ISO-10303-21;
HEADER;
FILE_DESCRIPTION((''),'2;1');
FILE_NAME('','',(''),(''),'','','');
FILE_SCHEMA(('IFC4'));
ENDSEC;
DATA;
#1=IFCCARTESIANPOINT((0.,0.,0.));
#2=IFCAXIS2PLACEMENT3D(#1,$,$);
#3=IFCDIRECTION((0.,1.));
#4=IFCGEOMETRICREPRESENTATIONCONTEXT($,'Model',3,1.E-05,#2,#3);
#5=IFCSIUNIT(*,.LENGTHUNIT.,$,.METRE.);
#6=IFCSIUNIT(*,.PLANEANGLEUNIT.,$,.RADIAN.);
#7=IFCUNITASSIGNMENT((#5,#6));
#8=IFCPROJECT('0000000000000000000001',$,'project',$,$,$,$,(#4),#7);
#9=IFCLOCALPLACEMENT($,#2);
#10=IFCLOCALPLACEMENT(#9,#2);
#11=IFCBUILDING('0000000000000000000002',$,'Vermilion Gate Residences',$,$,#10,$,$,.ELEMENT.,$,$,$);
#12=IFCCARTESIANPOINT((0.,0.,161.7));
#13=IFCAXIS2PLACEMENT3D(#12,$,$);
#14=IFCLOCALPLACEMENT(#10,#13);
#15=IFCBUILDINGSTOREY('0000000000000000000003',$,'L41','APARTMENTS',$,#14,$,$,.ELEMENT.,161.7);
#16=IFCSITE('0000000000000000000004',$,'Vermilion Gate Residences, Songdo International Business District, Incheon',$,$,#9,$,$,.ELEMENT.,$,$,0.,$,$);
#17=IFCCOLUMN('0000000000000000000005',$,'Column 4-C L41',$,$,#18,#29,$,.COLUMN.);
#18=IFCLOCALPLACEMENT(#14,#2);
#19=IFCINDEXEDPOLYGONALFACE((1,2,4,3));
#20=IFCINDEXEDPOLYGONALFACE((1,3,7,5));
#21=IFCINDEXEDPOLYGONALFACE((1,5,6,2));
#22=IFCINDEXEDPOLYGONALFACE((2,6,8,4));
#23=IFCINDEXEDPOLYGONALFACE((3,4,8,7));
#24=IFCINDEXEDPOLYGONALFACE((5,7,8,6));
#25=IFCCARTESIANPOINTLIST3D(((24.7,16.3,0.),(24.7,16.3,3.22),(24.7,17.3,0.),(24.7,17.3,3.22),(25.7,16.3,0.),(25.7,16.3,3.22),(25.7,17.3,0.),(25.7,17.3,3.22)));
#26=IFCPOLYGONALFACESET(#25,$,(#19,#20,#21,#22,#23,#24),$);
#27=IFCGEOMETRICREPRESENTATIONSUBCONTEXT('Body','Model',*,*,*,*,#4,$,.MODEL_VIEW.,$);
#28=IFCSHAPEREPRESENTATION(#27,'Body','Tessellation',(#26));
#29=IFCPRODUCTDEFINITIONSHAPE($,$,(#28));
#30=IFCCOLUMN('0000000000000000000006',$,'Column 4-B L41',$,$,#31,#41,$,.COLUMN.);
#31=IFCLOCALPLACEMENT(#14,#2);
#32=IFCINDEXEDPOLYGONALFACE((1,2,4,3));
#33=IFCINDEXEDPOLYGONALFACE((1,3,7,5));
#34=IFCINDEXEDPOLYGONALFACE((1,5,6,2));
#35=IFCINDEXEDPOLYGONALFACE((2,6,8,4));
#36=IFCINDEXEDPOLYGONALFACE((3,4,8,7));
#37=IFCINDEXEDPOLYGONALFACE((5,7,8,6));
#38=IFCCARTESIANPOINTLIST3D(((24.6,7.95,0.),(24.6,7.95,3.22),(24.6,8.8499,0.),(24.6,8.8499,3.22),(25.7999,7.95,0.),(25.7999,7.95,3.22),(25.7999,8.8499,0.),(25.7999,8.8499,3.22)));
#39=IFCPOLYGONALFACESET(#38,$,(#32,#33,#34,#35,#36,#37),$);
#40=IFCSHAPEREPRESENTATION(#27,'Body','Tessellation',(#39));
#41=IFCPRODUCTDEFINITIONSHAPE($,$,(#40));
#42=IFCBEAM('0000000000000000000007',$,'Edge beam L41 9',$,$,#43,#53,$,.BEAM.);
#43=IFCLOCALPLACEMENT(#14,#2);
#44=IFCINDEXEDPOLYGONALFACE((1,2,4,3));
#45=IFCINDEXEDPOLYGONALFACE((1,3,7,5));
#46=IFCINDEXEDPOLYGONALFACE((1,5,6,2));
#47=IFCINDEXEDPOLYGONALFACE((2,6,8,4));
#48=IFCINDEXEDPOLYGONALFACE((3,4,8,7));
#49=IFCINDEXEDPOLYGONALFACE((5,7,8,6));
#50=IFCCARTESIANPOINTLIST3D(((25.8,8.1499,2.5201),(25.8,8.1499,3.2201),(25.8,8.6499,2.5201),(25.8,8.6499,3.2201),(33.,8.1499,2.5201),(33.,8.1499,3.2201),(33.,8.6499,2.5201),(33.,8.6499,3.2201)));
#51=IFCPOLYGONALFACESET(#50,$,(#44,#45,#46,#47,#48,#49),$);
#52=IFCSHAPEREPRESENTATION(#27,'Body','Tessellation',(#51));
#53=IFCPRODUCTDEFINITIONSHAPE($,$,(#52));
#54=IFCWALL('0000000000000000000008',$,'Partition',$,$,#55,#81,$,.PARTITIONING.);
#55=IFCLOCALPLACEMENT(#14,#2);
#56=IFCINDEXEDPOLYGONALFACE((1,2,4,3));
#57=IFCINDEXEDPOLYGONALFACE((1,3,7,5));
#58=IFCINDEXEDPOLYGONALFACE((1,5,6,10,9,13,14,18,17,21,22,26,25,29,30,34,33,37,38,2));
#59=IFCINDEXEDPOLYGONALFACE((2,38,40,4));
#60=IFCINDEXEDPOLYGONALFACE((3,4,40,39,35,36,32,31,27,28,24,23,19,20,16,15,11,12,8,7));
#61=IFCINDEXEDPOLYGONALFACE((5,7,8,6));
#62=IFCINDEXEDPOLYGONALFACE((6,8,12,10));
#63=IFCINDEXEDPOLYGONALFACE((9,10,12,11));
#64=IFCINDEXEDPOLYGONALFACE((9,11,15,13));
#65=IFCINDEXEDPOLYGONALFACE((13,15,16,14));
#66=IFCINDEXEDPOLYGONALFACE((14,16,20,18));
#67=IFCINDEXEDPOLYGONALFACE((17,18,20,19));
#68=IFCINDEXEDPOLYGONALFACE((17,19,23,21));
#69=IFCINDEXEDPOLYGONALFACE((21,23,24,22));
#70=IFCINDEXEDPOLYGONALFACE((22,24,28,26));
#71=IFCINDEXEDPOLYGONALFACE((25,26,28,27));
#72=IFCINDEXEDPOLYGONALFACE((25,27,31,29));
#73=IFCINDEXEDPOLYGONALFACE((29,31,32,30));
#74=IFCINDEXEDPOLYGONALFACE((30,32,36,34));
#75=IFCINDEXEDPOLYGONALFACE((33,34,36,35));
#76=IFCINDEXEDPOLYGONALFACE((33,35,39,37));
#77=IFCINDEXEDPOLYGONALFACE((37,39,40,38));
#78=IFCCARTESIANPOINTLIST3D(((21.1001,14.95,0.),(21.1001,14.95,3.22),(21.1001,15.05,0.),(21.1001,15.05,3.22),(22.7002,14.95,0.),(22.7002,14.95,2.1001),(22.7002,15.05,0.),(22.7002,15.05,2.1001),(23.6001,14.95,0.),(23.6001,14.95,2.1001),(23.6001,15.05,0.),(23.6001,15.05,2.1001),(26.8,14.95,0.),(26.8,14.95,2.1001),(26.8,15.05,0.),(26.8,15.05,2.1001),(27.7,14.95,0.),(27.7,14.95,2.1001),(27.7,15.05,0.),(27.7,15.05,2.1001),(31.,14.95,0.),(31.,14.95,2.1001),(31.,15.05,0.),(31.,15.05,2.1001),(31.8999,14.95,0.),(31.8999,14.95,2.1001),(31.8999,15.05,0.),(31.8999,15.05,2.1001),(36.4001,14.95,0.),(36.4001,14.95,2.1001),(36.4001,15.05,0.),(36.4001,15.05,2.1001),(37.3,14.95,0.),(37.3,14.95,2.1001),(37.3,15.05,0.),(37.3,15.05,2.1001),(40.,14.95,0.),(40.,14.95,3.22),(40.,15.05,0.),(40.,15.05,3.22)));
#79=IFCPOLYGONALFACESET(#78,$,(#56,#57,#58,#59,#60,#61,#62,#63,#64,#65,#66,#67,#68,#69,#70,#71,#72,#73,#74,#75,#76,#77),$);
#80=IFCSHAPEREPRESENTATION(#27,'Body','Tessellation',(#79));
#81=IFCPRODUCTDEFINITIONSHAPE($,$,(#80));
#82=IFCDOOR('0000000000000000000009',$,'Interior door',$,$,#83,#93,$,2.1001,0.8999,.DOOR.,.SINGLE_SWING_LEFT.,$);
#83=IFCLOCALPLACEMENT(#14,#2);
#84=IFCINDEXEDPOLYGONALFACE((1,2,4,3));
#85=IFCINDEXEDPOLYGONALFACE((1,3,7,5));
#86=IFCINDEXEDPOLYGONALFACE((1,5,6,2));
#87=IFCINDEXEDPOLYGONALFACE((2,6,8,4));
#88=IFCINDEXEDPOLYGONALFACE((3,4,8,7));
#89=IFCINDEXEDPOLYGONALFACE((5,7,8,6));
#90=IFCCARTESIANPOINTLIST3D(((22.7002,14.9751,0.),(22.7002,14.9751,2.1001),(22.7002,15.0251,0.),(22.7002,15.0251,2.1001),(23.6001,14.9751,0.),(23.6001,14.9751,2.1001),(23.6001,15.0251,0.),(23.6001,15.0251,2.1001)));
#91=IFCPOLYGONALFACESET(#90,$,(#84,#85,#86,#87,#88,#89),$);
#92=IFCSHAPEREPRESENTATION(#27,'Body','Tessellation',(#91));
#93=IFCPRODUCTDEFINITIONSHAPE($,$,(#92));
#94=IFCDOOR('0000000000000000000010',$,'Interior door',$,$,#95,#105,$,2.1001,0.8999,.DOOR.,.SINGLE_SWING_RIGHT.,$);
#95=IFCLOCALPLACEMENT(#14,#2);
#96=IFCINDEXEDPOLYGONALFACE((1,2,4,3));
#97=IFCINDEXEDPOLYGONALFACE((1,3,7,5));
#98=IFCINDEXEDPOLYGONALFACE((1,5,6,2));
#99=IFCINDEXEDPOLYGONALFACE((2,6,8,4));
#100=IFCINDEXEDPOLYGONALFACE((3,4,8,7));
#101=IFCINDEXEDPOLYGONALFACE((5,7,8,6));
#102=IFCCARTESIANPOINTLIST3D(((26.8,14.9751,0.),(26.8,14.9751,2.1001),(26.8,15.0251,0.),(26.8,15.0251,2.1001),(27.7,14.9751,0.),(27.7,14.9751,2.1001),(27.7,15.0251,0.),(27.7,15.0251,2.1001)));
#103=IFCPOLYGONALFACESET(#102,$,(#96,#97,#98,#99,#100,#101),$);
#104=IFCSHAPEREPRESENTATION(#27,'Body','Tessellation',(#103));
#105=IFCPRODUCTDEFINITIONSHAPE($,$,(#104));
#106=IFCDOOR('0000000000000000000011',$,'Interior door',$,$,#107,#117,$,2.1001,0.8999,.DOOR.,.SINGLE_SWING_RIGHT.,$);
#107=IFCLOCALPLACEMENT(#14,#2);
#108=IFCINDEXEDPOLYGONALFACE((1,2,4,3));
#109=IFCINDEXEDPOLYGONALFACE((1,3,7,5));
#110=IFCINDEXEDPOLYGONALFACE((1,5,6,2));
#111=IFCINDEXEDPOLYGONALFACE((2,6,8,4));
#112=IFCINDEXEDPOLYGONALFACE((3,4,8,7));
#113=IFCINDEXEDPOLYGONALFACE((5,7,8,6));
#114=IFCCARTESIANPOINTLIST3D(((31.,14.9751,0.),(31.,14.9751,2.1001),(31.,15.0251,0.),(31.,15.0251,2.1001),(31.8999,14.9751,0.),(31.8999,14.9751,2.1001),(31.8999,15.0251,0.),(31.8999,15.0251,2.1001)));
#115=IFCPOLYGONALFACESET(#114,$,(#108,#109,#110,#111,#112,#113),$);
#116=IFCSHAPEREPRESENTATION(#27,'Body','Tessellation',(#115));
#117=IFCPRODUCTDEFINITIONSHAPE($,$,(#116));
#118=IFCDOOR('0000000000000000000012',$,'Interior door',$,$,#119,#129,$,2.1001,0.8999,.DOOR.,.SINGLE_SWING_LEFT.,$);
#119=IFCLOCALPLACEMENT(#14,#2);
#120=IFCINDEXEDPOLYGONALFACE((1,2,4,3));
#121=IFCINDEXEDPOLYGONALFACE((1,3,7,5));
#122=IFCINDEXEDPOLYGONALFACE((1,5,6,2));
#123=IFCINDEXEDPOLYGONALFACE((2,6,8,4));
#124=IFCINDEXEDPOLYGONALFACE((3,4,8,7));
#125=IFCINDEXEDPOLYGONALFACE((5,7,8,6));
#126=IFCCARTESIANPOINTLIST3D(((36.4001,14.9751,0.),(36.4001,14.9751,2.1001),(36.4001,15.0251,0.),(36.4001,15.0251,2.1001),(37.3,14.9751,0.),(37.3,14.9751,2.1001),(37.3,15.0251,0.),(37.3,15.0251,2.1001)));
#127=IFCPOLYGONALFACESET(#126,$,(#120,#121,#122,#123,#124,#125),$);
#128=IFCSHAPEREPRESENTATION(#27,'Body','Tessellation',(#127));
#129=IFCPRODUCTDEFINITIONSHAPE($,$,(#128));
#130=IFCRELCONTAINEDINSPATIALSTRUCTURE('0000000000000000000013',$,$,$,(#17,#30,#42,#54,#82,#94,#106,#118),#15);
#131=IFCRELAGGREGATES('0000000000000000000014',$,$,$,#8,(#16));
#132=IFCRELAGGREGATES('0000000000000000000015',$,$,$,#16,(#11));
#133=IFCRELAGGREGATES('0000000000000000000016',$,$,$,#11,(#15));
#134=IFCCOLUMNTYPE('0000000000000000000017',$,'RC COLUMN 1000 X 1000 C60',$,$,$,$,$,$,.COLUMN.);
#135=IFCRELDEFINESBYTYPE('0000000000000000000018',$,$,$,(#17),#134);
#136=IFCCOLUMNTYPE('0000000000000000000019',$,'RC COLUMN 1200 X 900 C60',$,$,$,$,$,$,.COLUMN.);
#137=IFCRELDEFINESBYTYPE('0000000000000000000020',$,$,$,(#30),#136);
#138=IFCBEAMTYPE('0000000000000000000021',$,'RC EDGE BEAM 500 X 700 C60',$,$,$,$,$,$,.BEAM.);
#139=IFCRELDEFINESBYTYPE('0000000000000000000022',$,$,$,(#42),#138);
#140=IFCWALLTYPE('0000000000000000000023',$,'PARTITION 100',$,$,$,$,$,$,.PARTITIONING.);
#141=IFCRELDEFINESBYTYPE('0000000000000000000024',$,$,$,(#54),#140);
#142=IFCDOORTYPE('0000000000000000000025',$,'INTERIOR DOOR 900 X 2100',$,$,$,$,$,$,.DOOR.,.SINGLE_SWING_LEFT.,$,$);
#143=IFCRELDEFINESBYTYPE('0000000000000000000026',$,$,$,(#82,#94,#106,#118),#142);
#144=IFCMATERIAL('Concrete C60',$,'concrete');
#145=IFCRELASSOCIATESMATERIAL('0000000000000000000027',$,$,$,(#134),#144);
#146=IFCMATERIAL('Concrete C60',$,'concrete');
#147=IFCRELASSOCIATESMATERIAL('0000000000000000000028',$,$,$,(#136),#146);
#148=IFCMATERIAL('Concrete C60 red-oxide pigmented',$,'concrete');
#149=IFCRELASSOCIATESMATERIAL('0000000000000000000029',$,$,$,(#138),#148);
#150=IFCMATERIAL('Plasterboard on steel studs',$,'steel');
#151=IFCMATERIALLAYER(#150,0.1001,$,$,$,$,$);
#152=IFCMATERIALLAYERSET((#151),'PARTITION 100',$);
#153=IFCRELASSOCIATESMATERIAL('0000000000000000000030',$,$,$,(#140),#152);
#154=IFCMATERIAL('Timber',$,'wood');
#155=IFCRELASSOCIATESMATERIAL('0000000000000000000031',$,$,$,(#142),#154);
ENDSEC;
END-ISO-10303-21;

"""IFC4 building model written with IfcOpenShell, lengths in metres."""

from ifc_helpers import new_model, si_unit, direction, frame, frame_2d, origin, origin_2d, place, context, subcontext, project, spatial, rectangle, extrude, material, layer, layer_set, material_profile, profile_set, type_object, element, fill, save


model = new_model("IFC4")

# Units and contexts
model_context = context("Model", 3, precision=1e-05, world=origin(), true_north=direction((0.0, 1.0)))
body_context = subcontext(model_context, "Body", "Model", "MODEL_VIEW")
ifc_project = project(units=[si_unit("LENGTHUNIT", "METRE"), si_unit("PLANEANGLEUNIT", "RADIAN")], contexts=[model_context])

# Site, building, storey
site_placement = place(None, origin())
site = spatial("IfcSite", under=ifc_project, at=site_placement, Name="Vermilion Gate Residences, Songdo International Business District, Incheon", CompositionType="ELEMENT", RefElevation=0.0)
building_placement = place(site_placement, origin())
building = spatial("IfcBuilding", under=site, at=building_placement, Name="Vermilion Gate Residences", CompositionType="ELEMENT")
storey_placement = place(building_placement, frame((0.0, 0.0, 161.7)))
storey = spatial("IfcBuildingStorey", under=building, at=storey_placement, Name="L41", Description="APARTMENTS", CompositionType="ELEMENT", Elevation=161.7)

# Columns
ifc_material_1 = material(Name="Concrete C60", Category="concrete")
ifc_material_profile_1 = material_profile(ifc_material_1, rectangle(XDim=1.0, YDim=1.0, at=origin_2d()), Name="RC-1000x1000")
ifc_profile_set_1 = profile_set([ifc_material_profile_1], Name="Concrete C60")
column_type_1 = type_object("IfcColumnType", Name="RC COLUMN 1000 X 1000 C60", PredefinedType="COLUMN", material=ifc_profile_set_1)
column_1_placement = place(storey_placement, frame((25.2, 16.8, 0.0), z_axis=(0.0, 0.0, 1.0), x_axis=(1.0, 0.0, 0.0)))
element("IfcColumn", 1, at=column_1_placement, inside=storey, type_object=column_type_1, Name="Column 4-C L41", PredefinedType="COLUMN", context=body_context, shape_type="SweptSolid", body=[
    extrude(rectangle(XDim=1.0, YDim=1.0, at=origin_2d()), origin(), (0.0, 0.0, 1.0), 3.22),
])
ifc_material_2 = material(Name="Concrete C60", Category="concrete")
ifc_material_profile_2 = material_profile(ifc_material_2, rectangle(XDim=1.2, YDim=0.8999, at=origin_2d()), Name="RC-1200x900")
ifc_profile_set_2 = profile_set([ifc_material_profile_2], Name="Concrete C60")
column_type_2 = type_object("IfcColumnType", Name="RC COLUMN 1200 X 900 C60", PredefinedType="COLUMN", material=ifc_profile_set_2)
column_2_placement = place(storey_placement, frame((25.2, 8.3999, 0.0), z_axis=(0.0, 0.0, 1.0), x_axis=(1.0, 0.0, 0.0)))
element("IfcColumn", 2, at=column_2_placement, inside=storey, type_object=column_type_2, Name="Column 4-B L41", PredefinedType="COLUMN", context=body_context, shape_type="SweptSolid", body=[
    extrude(rectangle(XDim=1.2, YDim=0.8999, at=origin_2d()), origin(), (0.0, 0.0, 1.0), 3.22),
])

# Beam
ifc_material_3 = material(Name="Concrete C60 red-oxide pigmented", Category="concrete")
ifc_material_profile_3 = material_profile(ifc_material_3, rectangle(XDim=0.5, YDim=0.7, at=origin_2d()), Name="RC-500x700")
ifc_profile_set_3 = profile_set([ifc_material_profile_3], Name="Concrete C60 red-oxide pigmented")
beam_type = type_object("IfcBeamType", Name="RC EDGE BEAM 500 X 700 C60", PredefinedType="BEAM", material=ifc_profile_set_3)
beam_placement = place(storey_placement, frame((25.8, 8.3999, 2.8701), z_axis=(1.0, 0.0, 0.0), x_axis=(0.0, 1.0, 0.0)))
element("IfcBeam", 3, at=beam_placement, inside=storey, type_object=beam_type, Name="Edge beam L41 9", PredefinedType="BEAM", context=body_context, shape_type="SweptSolid", body=[
    extrude(rectangle(XDim=0.5, YDim=0.7, at=origin_2d()), origin(), (0.0, 0.0, 1.0), 7.2),
])

# Wall, openings, doors
ifc_material_4 = material(Name="Plasterboard on steel studs", Category="steel")
ifc_layer = layer(ifc_material_4, 0.1001)
ifc_layer_set = layer_set([ifc_layer], Name="PARTITION 100")
wall_type = type_object("IfcWallType", Name="PARTITION 100", PredefinedType="PARTITIONING", material=ifc_layer_set)
wall_1_placement = place(storey_placement, frame((21.1001, 15.0, 0.0), z_axis=(0.0, 0.0, 1.0), x_axis=(1.0, 0.0, 0.0)))
wall_1 = element("IfcWall", 4, at=wall_1_placement, inside=storey, type_object=wall_type, Name="Partition", PredefinedType="PARTITIONING", context=body_context, shape_type="SweptSolid", body=[
    extrude(rectangle(XDim=18.8999, YDim=0.1001, at=frame_2d((9.45, 0.0))), origin(), (0.0, 0.0, 1.0), 3.22),
])
opening_1_placement = place(wall_1_placement, frame((1.6001, 0.0, 0.0)))
opening_1 = element("IfcOpeningElement", 5, at=opening_1_placement, cuts=wall_1, PredefinedType="OPENING", context=body_context, shape_type="SweptSolid", body=[
    extrude(rectangle(XDim=0.8999, YDim=2.1001, at=frame_2d((0.45, 1.05))), frame((0.0, 0.0601, 0.0), z_axis=(0.0, -1.0, 0.0), x_axis=(1.0, 0.0, 0.0)), (0.0, 0.0, 1.0), 0.1201),
])
opening_2_placement = place(wall_1_placement, frame((5.7, 0.0, 0.0)))
opening_2 = element("IfcOpeningElement", 6, at=opening_2_placement, cuts=wall_1, PredefinedType="OPENING", context=body_context, shape_type="SweptSolid", body=[
    extrude(rectangle(XDim=0.8999, YDim=2.1001, at=frame_2d((0.45, 1.05))), frame((0.0, 0.0601, 0.0), z_axis=(0.0, -1.0, 0.0), x_axis=(1.0, 0.0, 0.0)), (0.0, 0.0, 1.0), 0.1201),
])
opening_3_placement = place(wall_1_placement, frame((9.8999, 0.0, 0.0)))
opening_3 = element("IfcOpeningElement", 7, at=opening_3_placement, cuts=wall_1, PredefinedType="OPENING", context=body_context, shape_type="SweptSolid", body=[
    extrude(rectangle(XDim=0.8999, YDim=2.1001, at=frame_2d((0.45, 1.05))), frame((0.0, 0.0601, 0.0), z_axis=(0.0, -1.0, 0.0), x_axis=(1.0, 0.0, 0.0)), (0.0, 0.0, 1.0), 0.1201),
])
opening_4_placement = place(wall_1_placement, frame((15.3, 0.0, 0.0)))
opening_4 = element("IfcOpeningElement", 8, at=opening_4_placement, cuts=wall_1, PredefinedType="OPENING", context=body_context, shape_type="SweptSolid", body=[
    extrude(rectangle(XDim=0.8999, YDim=2.1001, at=frame_2d((0.45, 1.05))), frame((0.0, 0.0601, 0.0), z_axis=(0.0, -1.0, 0.0), x_axis=(1.0, 0.0, 0.0)), (0.0, 0.0, 1.0), 0.1201),
])
ifc_material_5 = material(Name="Timber", Category="wood")
door_type = type_object("IfcDoorType", Name="INTERIOR DOOR 900 X 2100", OperationType="SINGLE_SWING_LEFT", PredefinedType="DOOR", material=ifc_material_5)
door_1_placement = place(opening_1_placement, frame((0.8999, 0.0, 0.0), z_axis=(0.0, 0.0, 1.0), x_axis=(-1.0, 0.0, 0.0)))
door_1 = element("IfcDoor", 9, at=door_1_placement, inside=storey, type_object=door_type, Name="Interior door", OperationType="SINGLE_SWING_LEFT", OverallHeight=2.1001, OverallWidth=0.8999, PredefinedType="DOOR", context=body_context, shape_type="SweptSolid", body=[
    extrude(rectangle(XDim=0.8999, YDim=2.1001, at=frame_2d((0.45, 1.05))), frame((0.0, 0.0249, 0.0), z_axis=(0.0, -1.0, 0.0), x_axis=(1.0, 0.0, 0.0)), (0.0, 0.0, 1.0), 0.05),
])
fill(opening_1, door_1)
door_2_placement = place(opening_2_placement, frame((0.8999, 0.0, 0.0), z_axis=(0.0, 0.0, 1.0), x_axis=(-1.0, 0.0, 0.0)))
door_2 = element("IfcDoor", 10, at=door_2_placement, inside=storey, type_object=door_type, Name="Interior door", OperationType="SINGLE_SWING_RIGHT", OverallHeight=2.1001, OverallWidth=0.8999, PredefinedType="DOOR", context=body_context, shape_type="SweptSolid", body=[
    extrude(rectangle(XDim=0.8999, YDim=2.1001, at=frame_2d((0.45, 1.05))), frame((0.0, 0.0249, 0.0), z_axis=(0.0, -1.0, 0.0), x_axis=(1.0, 0.0, 0.0)), (0.0, 0.0, 1.0), 0.05),
])
fill(opening_2, door_2)
door_3_placement = place(opening_3_placement, frame((0.8999, 0.0, 0.0), z_axis=(0.0, 0.0, 1.0), x_axis=(-1.0, 0.0, 0.0)))
door_3 = element("IfcDoor", 11, at=door_3_placement, inside=storey, type_object=door_type, Name="Interior door", OperationType="SINGLE_SWING_RIGHT", OverallHeight=2.1001, OverallWidth=0.8999, PredefinedType="DOOR", context=body_context, shape_type="SweptSolid", body=[
    extrude(rectangle(XDim=0.8999, YDim=2.1001, at=frame_2d((0.45, 1.05))), frame((0.0, 0.0249, 0.0), z_axis=(0.0, -1.0, 0.0), x_axis=(1.0, 0.0, 0.0)), (0.0, 0.0, 1.0), 0.05),
])
fill(opening_3, door_3)
door_4_placement = place(opening_4_placement, frame((0.8999, 0.0, 0.0), z_axis=(0.0, 0.0, 1.0), x_axis=(-1.0, 0.0, 0.0)))
door_4 = element("IfcDoor", 12, at=door_4_placement, inside=storey, type_object=door_type, Name="Interior door", OperationType="SINGLE_SWING_LEFT", OverallHeight=2.1001, OverallWidth=0.8999, PredefinedType="DOOR", context=body_context, shape_type="SweptSolid", body=[
    extrude(rectangle(XDim=0.8999, YDim=2.1001, at=frame_2d((0.45, 1.05))), frame((0.0, 0.0249, 0.0), z_axis=(0.0, -1.0, 0.0), x_axis=(1.0, 0.0, 0.0)), (0.0, 0.0, 1.0), 0.05),
])
fill(opening_4, door_4)

save(model, "model.ifc")
